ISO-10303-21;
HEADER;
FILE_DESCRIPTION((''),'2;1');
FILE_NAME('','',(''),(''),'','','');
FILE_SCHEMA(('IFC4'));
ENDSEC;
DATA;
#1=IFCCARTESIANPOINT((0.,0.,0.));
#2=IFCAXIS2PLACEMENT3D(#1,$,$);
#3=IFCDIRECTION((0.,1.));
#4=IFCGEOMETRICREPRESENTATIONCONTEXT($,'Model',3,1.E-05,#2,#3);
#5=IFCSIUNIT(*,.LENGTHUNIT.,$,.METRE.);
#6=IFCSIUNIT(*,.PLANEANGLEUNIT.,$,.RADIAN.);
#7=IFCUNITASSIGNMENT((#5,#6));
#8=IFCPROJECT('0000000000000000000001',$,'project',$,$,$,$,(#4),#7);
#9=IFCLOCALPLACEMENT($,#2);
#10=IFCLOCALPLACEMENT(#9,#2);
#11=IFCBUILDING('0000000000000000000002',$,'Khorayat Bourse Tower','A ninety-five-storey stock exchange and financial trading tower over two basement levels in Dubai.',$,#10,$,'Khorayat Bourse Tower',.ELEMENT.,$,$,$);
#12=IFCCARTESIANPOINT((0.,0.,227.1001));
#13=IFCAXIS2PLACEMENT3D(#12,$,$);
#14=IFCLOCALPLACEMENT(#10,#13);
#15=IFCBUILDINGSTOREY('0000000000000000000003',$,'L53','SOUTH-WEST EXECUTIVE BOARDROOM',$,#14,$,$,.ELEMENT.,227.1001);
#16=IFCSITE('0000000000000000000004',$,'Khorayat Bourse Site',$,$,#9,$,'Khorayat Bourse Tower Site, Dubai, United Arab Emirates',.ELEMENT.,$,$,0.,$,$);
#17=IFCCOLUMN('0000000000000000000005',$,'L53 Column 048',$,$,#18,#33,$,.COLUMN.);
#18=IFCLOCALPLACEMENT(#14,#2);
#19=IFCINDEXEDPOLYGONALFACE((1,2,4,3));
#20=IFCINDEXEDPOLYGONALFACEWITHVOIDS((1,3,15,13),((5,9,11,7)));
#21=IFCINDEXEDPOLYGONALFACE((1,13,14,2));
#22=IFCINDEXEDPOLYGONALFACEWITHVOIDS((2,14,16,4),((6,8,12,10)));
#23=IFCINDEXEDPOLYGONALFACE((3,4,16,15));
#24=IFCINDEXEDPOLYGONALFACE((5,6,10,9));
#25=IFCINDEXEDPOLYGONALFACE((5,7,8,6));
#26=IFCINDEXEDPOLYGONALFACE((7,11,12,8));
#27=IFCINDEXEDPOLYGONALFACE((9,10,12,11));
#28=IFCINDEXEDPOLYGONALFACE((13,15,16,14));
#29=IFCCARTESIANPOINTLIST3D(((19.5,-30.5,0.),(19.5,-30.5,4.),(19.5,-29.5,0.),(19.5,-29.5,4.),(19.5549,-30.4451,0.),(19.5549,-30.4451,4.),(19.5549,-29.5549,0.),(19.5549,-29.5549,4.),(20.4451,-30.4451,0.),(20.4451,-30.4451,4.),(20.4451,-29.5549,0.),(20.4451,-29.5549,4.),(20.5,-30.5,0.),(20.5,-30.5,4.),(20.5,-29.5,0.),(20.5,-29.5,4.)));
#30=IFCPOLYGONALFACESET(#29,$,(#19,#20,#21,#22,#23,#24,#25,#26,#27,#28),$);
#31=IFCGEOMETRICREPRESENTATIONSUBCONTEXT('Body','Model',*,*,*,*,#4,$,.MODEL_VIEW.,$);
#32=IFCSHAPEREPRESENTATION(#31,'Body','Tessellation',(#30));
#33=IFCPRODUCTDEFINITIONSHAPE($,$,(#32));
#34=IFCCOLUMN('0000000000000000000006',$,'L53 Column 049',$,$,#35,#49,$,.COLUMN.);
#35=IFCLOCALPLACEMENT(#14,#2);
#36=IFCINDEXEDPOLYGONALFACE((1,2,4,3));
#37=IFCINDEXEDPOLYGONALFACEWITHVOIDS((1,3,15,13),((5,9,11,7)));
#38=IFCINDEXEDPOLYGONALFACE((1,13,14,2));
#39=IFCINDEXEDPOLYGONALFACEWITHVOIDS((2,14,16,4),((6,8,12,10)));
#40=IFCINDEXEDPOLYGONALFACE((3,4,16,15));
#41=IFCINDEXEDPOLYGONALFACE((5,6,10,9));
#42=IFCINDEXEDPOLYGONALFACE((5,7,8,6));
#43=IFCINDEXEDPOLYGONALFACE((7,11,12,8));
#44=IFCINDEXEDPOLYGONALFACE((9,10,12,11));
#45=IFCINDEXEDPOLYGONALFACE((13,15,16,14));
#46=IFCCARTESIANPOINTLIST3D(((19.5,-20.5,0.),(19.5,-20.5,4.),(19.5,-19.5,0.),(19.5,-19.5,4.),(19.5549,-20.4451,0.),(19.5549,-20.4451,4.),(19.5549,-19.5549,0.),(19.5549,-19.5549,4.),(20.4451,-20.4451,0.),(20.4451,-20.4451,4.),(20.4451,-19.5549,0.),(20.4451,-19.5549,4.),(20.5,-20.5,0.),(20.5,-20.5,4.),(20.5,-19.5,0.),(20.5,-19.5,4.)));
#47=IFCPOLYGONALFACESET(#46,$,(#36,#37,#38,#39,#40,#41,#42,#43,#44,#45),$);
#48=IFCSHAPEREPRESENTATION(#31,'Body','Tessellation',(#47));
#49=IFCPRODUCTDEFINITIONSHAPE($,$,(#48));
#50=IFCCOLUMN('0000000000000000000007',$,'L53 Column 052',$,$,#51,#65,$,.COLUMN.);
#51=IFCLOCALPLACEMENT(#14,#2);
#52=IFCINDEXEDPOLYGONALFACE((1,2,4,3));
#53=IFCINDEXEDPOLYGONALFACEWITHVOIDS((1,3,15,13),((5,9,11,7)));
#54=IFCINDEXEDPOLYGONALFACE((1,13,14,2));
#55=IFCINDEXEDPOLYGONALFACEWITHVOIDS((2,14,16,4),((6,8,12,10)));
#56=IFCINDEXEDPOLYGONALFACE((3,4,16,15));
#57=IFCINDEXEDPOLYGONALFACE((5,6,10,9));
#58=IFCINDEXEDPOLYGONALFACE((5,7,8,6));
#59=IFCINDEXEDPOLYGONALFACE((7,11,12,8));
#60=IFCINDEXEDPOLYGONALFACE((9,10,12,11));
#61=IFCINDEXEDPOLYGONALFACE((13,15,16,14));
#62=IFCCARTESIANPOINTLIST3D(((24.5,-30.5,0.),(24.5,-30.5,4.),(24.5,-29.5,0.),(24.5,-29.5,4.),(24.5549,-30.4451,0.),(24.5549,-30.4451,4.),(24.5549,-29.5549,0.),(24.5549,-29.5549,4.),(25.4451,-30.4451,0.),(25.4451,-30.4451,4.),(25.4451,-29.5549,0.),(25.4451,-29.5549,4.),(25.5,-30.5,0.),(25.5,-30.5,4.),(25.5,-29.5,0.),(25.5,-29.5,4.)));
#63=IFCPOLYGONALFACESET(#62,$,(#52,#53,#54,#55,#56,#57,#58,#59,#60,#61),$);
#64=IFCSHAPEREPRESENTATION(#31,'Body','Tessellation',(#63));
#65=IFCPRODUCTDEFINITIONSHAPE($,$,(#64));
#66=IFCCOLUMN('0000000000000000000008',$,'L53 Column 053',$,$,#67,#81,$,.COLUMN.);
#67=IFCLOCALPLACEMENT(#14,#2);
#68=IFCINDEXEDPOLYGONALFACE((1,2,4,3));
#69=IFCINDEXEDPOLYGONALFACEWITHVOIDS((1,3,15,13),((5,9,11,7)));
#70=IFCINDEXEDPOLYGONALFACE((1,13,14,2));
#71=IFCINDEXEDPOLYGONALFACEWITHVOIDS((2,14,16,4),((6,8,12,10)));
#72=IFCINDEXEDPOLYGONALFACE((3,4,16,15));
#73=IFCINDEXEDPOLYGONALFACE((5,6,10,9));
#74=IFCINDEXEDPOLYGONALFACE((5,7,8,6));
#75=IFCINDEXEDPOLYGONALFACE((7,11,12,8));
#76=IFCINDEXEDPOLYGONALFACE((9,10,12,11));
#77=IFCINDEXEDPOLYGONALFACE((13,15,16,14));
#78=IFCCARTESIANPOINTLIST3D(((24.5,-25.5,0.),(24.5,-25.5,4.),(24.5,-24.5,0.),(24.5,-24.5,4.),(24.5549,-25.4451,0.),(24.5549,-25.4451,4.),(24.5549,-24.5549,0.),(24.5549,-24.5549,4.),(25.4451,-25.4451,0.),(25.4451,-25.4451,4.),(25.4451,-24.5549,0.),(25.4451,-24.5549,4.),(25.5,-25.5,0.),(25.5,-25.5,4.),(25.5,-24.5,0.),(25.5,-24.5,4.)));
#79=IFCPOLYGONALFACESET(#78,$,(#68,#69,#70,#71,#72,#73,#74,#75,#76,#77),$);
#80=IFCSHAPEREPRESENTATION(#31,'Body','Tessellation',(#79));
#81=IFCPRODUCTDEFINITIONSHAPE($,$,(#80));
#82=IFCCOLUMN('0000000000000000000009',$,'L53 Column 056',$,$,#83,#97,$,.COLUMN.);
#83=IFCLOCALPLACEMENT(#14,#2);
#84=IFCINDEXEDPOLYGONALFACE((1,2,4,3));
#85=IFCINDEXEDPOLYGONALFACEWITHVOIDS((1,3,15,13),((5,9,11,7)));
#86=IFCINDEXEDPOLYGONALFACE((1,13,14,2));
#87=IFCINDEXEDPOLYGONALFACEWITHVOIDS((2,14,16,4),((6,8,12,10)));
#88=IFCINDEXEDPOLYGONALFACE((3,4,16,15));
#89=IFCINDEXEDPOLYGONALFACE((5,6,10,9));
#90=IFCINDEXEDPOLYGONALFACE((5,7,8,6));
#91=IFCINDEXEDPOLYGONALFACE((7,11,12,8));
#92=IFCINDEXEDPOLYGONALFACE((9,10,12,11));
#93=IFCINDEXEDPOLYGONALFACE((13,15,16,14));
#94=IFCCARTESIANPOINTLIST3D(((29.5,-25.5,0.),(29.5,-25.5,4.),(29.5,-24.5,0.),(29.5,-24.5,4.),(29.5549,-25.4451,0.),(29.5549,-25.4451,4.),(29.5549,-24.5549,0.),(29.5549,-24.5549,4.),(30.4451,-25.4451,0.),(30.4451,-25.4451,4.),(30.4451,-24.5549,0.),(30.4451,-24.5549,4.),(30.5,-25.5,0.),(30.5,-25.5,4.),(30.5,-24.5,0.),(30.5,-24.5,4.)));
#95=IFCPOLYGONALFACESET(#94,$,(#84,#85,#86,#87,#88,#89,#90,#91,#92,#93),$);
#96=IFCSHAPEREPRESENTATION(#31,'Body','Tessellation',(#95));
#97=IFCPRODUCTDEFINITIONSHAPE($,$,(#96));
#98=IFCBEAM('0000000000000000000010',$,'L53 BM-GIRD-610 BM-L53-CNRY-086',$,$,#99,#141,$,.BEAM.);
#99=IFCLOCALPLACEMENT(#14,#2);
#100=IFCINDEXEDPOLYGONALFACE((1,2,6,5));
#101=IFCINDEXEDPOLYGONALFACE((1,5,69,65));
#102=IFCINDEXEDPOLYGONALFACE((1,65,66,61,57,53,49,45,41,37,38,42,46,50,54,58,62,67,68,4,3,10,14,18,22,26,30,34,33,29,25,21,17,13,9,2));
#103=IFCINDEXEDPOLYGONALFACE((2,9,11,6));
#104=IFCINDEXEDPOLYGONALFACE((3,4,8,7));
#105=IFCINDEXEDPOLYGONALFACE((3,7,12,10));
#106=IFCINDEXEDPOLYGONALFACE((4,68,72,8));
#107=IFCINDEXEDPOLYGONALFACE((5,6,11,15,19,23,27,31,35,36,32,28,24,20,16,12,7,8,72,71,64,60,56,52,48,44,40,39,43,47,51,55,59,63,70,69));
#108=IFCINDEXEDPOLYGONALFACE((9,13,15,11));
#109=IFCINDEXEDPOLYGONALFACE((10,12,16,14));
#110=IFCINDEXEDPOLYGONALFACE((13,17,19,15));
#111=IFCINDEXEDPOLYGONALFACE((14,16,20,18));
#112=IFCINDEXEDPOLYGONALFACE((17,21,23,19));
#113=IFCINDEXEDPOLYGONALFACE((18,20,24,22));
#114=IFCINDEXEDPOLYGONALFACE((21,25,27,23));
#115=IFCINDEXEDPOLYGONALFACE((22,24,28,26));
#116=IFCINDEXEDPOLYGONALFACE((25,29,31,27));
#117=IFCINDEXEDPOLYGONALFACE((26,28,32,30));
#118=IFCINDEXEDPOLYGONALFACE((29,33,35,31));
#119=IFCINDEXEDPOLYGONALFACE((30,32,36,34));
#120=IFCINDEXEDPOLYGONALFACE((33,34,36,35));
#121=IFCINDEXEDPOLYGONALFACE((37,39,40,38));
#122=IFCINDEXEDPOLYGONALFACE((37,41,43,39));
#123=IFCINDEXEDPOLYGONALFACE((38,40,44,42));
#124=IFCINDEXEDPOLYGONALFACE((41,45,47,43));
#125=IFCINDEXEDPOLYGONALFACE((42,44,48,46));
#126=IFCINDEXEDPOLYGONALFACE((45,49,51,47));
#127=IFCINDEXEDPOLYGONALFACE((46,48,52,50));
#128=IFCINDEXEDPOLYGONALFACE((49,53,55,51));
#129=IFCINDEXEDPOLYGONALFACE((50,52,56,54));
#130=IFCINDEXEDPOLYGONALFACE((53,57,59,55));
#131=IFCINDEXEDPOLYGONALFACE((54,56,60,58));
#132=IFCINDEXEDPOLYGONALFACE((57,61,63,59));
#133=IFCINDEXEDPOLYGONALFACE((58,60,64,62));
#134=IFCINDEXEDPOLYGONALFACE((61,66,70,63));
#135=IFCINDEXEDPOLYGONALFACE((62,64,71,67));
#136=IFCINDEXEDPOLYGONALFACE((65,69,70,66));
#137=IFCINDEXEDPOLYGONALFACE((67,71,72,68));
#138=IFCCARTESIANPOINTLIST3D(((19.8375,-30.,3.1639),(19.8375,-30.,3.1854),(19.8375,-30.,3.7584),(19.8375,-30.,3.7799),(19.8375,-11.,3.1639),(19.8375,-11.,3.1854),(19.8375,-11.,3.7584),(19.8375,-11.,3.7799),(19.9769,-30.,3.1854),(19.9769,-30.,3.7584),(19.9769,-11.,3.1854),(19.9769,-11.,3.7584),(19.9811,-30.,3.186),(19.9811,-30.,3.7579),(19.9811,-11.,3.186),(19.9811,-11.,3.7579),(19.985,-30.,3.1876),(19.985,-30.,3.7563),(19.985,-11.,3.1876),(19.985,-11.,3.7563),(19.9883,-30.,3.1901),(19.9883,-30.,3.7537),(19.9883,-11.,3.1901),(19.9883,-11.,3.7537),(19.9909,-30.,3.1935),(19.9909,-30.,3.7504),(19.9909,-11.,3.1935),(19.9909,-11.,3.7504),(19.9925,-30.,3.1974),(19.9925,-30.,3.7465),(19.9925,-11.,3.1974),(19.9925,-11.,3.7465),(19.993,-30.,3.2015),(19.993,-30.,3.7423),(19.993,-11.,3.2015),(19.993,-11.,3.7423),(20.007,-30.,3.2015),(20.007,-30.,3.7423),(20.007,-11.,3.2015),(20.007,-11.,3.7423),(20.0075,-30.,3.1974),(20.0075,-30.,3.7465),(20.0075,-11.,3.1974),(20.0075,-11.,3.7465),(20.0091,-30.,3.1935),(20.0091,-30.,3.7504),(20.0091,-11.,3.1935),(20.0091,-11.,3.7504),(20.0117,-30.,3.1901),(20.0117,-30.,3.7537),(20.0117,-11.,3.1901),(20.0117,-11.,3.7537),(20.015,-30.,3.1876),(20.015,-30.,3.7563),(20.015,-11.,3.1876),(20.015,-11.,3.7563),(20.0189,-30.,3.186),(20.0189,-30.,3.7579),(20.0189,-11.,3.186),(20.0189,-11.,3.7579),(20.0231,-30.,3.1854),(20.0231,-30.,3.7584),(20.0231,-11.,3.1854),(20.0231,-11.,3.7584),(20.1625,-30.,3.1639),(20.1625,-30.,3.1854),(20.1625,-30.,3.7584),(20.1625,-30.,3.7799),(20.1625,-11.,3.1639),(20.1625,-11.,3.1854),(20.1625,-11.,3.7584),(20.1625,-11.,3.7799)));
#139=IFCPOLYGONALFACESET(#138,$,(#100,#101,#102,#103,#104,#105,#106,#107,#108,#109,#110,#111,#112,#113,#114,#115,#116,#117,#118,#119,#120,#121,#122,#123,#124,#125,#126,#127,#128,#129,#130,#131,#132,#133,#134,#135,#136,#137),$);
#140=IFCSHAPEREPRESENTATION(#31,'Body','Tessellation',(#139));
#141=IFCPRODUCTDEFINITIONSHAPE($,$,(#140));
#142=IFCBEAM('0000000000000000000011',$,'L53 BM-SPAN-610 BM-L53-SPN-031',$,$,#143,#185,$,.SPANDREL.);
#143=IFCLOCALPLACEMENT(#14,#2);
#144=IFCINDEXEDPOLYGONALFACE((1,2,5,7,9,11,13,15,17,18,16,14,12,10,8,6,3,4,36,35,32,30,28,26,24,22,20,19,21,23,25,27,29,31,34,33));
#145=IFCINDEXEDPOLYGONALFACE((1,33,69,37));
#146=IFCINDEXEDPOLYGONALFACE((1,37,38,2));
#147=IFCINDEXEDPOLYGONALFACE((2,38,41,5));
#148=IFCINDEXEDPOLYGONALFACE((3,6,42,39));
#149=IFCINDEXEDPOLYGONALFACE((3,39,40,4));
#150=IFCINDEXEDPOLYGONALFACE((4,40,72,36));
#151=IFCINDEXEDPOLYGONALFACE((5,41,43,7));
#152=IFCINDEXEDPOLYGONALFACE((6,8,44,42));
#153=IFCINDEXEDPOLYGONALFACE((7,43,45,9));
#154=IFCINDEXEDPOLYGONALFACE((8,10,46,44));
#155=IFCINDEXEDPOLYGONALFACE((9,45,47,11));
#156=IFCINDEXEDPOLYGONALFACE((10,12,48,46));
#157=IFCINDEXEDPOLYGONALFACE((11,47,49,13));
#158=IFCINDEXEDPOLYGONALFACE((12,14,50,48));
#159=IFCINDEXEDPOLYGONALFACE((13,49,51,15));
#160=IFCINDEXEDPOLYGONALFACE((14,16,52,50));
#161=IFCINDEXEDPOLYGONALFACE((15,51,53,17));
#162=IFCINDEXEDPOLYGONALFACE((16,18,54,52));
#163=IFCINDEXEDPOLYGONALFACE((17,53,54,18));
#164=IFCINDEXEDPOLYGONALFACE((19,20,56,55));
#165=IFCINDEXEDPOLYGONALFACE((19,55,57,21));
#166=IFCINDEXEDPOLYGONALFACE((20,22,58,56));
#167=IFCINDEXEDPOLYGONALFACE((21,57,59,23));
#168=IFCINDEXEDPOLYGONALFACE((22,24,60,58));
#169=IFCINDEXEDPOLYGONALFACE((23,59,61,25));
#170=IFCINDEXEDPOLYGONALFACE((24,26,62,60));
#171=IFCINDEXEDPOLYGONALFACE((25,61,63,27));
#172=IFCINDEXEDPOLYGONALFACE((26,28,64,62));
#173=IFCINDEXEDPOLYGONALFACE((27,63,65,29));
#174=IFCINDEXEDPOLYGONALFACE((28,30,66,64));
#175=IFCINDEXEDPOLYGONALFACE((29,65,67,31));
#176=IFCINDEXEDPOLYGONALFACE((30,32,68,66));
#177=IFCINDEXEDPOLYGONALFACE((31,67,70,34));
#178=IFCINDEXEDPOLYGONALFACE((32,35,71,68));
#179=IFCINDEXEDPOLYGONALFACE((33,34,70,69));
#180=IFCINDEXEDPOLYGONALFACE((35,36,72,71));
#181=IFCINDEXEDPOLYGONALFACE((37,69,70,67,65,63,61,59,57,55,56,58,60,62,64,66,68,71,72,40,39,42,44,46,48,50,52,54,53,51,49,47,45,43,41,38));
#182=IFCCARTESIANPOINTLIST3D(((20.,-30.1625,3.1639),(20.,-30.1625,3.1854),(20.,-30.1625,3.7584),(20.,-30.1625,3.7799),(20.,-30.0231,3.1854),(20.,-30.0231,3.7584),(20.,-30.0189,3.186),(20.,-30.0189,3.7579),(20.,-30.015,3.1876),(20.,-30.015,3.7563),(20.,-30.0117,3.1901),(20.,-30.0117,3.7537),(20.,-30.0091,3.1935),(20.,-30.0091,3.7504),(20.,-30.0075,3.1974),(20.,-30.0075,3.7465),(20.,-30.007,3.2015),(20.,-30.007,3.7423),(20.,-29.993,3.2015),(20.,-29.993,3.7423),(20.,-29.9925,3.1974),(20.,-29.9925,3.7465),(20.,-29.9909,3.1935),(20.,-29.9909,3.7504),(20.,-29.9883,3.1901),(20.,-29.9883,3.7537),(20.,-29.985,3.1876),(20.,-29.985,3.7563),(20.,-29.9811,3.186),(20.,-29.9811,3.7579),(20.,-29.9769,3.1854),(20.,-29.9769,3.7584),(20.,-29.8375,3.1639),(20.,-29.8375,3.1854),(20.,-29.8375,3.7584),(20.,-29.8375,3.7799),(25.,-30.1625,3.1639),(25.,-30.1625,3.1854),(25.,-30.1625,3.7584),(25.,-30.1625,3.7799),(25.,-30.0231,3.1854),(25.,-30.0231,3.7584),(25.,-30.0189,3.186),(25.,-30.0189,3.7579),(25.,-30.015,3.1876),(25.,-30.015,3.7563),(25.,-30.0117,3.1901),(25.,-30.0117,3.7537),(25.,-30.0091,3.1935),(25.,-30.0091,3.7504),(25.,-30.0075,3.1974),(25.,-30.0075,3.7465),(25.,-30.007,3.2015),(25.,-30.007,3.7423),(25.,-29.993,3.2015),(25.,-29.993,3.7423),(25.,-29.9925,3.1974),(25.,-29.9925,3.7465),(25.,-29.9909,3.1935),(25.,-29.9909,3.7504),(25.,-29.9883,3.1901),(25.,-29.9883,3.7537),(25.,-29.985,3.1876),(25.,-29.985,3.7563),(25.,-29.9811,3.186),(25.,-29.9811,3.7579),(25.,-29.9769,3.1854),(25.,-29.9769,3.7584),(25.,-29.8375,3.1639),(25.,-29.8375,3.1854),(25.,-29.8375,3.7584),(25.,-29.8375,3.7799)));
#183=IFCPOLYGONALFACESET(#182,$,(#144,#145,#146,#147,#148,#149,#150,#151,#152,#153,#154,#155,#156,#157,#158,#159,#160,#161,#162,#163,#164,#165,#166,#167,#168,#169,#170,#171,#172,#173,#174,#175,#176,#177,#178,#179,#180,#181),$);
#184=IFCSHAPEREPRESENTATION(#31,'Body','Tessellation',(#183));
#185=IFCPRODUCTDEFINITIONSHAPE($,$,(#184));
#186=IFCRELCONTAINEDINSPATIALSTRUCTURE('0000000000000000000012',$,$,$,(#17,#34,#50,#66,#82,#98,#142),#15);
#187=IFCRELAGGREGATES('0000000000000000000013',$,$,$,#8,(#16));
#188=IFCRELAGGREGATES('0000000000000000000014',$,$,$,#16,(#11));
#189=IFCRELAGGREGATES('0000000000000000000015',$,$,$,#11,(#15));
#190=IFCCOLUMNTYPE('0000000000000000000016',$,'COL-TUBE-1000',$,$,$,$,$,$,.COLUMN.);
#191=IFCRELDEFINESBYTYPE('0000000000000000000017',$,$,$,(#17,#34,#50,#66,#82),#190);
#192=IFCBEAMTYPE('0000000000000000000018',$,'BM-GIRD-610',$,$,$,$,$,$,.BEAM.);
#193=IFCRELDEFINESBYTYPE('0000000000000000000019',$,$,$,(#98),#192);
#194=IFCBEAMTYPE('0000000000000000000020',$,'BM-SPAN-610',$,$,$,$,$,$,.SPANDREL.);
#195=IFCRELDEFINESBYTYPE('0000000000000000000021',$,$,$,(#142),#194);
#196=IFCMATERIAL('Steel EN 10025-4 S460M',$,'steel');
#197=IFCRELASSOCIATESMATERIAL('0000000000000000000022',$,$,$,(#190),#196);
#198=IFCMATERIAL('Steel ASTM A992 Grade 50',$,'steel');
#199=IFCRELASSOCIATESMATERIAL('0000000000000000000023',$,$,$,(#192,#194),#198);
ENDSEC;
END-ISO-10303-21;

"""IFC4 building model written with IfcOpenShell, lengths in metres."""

from ifc_helpers import new_model, si_unit, direction, frame, origin, origin_2d, place, context, subcontext, project, spatial, hollow_rectangle, i_section, extrude, source, transform, mapped, material, material_profile, profile_set, type_object, element, save


model = new_model("IFC4")

# Units and contexts
model_context = context("Model", 3, precision=1e-05, world=origin(), true_north=direction((0.0, 1.0)))
body_context = subcontext(model_context, "Body", "Model", "MODEL_VIEW")
ifc_project = project(units=[si_unit("LENGTHUNIT", "METRE"), si_unit("PLANEANGLEUNIT", "RADIAN")], contexts=[model_context])

# Site, building, storey
site_placement = place(None, origin())
site = spatial("IfcSite", under=ifc_project, at=site_placement, Name="Khorayat Bourse Site", LongName="Khorayat Bourse Tower Site, Dubai, United Arab Emirates", CompositionType="ELEMENT", RefElevation=0.0)
building_placement = place(site_placement, origin())
building = spatial("IfcBuilding", under=site, at=building_placement, Name="Khorayat Bourse Tower", Description="A ninety-five-storey stock exchange and financial trading tower over two basement levels in Dubai.", LongName="Khorayat Bourse Tower", CompositionType="ELEMENT")
storey_placement = place(building_placement, frame((0.0, 0.0, 227.1001)))
storey = spatial("IfcBuildingStorey", under=building, at=storey_placement, Name="L53", Description="SOUTH-WEST EXECUTIVE BOARDROOM", CompositionType="ELEMENT", Elevation=227.1001)

# Columns
ifc_material_1 = material(Name="Steel EN 10025-4 S460M", Category="steel")
ifc_material_profile_1 = material_profile(ifc_material_1, hollow_rectangle(XDim=1.0, YDim=1.0, WallThickness=0.0549, at=origin_2d()), Name="BOX 1000x1000x55")
ifc_profile_set_1 = profile_set([ifc_material_profile_1], Name="Steel EN 10025-4 S460M")
column_type = type_object("IfcColumnType", Name="COL-TUBE-1000", PredefinedType="COLUMN", material=ifc_profile_set_1)
shared_shape_1 = source(origin(), body_context, "Body", "SweptSolid", [
    extrude(hollow_rectangle(XDim=1.0, YDim=1.0, WallThickness=0.0549, at=origin_2d()), origin(), (0.0, 0.0, 1.0), 4.0),
])
for number, where, z_axis, x_axis, name in (
    (1, (20.0, -30.0, 0.0), (0.0, 0.0, 1.0), (1.0, 0.0, 0.0), "L53 Column 048"),
    (2, (20.0, -20.0, 0.0), (0.0, 0.0, 1.0), (1.0, 0.0, 0.0), "L53 Column 049"),
    (3, (25.0, -30.0, 0.0), (0.0, 0.0, 1.0), (1.0, 0.0, 0.0), "L53 Column 052"),
    (4, (25.0, -25.0, 0.0), (0.0, 0.0, 1.0), (1.0, 0.0, 0.0), "L53 Column 053"),
    (5, (30.0, -25.0, 0.0), (0.0, 0.0, 1.0), (1.0, 0.0, 0.0), "L53 Column 056"),
):
    element("IfcColumn", number, at=place(storey_placement, frame(where, z_axis=z_axis, x_axis=x_axis)), inside=storey, type_object=column_type, Name=name, PredefinedType="COLUMN", context=body_context, shape_type="MappedRepresentation", body=[
        mapped(shared_shape_1, transform((0.0, 0.0, 0.0), scale=1.0)),
    ])

# Beams
ifc_material_2 = material(Name="Steel ASTM A992 Grade 50", Category="steel")
ifc_material_profile_2 = material_profile(ifc_material_2, i_section(OverallWidth=0.325, OverallDepth=0.616, WebThickness=0.0139, FlangeThickness=0.0215, FilletRadius=0.0161, at=origin_2d()), Name="W610X174")
ifc_profile_set_2 = profile_set([ifc_material_profile_2], Name="Steel ASTM A992 Grade 50")
beam_type_1 = type_object("IfcBeamType", Name="BM-GIRD-610", PredefinedType="BEAM", material=ifc_profile_set_2)
shared_shape_2 = source(origin(), body_context, "Body", "SweptSolid", [
    extrude(i_section(OverallWidth=0.325, OverallDepth=0.616, WebThickness=0.0139, FlangeThickness=0.0215, FilletRadius=0.0161, at=origin_2d()), origin(), (0.0, 0.0, 1.0), 19.0),
])
beam_1_placement = place(storey_placement, frame((20.0, -30.0, 3.4719), z_axis=(0.0, 1.0, 0.0), x_axis=(-1.0, 0.0, 0.0)))
element("IfcBeam", 6, at=beam_1_placement, inside=storey, type_object=beam_type_1, Name="L53 BM-GIRD-610 BM-L53-CNRY-086", PredefinedType="BEAM", context=body_context, shape_type="MappedRepresentation", body=[
    mapped(shared_shape_2, transform((0.0, 0.0, 0.0), scale=1.0)),
])
ifc_material_profile_3 = material_profile(ifc_material_2, i_section(OverallWidth=0.325, OverallDepth=0.616, WebThickness=0.0139, FlangeThickness=0.0215, FilletRadius=0.0161, at=origin_2d()), Name="W610X174")
ifc_profile_set_3 = profile_set([ifc_material_profile_3], Name="Steel ASTM A992 Grade 50")
beam_type_2 = type_object("IfcBeamType", Name="BM-SPAN-610", PredefinedType="SPANDREL", material=ifc_profile_set_3)
shared_shape_3 = source(origin(), body_context, "Body", "SweptSolid", [
    extrude(i_section(OverallWidth=0.325, OverallDepth=0.616, WebThickness=0.0139, FlangeThickness=0.0215, FilletRadius=0.0161, at=origin_2d()), origin(), (0.0, 0.0, 1.0), 5.0),
])
for number, where, z_axis, x_axis, name in (
    (7, (20.0, -30.0, 3.4719), (1.0, 0.0, 0.0), (0.0, 1.0, 0.0), "L53 BM-SPAN-610 BM-L53-SPN-031"),
):
    element("IfcBeam", number, at=place(storey_placement, frame(where, z_axis=z_axis, x_axis=x_axis)), inside=storey, type_object=beam_type_2, Name=name, PredefinedType="SPANDREL", context=body_context, shape_type="MappedRepresentation", body=[
        mapped(shared_shape_3, transform((0.0, 0.0, 0.0), scale=1.0)),
    ])

save(model, "model.ifc")
